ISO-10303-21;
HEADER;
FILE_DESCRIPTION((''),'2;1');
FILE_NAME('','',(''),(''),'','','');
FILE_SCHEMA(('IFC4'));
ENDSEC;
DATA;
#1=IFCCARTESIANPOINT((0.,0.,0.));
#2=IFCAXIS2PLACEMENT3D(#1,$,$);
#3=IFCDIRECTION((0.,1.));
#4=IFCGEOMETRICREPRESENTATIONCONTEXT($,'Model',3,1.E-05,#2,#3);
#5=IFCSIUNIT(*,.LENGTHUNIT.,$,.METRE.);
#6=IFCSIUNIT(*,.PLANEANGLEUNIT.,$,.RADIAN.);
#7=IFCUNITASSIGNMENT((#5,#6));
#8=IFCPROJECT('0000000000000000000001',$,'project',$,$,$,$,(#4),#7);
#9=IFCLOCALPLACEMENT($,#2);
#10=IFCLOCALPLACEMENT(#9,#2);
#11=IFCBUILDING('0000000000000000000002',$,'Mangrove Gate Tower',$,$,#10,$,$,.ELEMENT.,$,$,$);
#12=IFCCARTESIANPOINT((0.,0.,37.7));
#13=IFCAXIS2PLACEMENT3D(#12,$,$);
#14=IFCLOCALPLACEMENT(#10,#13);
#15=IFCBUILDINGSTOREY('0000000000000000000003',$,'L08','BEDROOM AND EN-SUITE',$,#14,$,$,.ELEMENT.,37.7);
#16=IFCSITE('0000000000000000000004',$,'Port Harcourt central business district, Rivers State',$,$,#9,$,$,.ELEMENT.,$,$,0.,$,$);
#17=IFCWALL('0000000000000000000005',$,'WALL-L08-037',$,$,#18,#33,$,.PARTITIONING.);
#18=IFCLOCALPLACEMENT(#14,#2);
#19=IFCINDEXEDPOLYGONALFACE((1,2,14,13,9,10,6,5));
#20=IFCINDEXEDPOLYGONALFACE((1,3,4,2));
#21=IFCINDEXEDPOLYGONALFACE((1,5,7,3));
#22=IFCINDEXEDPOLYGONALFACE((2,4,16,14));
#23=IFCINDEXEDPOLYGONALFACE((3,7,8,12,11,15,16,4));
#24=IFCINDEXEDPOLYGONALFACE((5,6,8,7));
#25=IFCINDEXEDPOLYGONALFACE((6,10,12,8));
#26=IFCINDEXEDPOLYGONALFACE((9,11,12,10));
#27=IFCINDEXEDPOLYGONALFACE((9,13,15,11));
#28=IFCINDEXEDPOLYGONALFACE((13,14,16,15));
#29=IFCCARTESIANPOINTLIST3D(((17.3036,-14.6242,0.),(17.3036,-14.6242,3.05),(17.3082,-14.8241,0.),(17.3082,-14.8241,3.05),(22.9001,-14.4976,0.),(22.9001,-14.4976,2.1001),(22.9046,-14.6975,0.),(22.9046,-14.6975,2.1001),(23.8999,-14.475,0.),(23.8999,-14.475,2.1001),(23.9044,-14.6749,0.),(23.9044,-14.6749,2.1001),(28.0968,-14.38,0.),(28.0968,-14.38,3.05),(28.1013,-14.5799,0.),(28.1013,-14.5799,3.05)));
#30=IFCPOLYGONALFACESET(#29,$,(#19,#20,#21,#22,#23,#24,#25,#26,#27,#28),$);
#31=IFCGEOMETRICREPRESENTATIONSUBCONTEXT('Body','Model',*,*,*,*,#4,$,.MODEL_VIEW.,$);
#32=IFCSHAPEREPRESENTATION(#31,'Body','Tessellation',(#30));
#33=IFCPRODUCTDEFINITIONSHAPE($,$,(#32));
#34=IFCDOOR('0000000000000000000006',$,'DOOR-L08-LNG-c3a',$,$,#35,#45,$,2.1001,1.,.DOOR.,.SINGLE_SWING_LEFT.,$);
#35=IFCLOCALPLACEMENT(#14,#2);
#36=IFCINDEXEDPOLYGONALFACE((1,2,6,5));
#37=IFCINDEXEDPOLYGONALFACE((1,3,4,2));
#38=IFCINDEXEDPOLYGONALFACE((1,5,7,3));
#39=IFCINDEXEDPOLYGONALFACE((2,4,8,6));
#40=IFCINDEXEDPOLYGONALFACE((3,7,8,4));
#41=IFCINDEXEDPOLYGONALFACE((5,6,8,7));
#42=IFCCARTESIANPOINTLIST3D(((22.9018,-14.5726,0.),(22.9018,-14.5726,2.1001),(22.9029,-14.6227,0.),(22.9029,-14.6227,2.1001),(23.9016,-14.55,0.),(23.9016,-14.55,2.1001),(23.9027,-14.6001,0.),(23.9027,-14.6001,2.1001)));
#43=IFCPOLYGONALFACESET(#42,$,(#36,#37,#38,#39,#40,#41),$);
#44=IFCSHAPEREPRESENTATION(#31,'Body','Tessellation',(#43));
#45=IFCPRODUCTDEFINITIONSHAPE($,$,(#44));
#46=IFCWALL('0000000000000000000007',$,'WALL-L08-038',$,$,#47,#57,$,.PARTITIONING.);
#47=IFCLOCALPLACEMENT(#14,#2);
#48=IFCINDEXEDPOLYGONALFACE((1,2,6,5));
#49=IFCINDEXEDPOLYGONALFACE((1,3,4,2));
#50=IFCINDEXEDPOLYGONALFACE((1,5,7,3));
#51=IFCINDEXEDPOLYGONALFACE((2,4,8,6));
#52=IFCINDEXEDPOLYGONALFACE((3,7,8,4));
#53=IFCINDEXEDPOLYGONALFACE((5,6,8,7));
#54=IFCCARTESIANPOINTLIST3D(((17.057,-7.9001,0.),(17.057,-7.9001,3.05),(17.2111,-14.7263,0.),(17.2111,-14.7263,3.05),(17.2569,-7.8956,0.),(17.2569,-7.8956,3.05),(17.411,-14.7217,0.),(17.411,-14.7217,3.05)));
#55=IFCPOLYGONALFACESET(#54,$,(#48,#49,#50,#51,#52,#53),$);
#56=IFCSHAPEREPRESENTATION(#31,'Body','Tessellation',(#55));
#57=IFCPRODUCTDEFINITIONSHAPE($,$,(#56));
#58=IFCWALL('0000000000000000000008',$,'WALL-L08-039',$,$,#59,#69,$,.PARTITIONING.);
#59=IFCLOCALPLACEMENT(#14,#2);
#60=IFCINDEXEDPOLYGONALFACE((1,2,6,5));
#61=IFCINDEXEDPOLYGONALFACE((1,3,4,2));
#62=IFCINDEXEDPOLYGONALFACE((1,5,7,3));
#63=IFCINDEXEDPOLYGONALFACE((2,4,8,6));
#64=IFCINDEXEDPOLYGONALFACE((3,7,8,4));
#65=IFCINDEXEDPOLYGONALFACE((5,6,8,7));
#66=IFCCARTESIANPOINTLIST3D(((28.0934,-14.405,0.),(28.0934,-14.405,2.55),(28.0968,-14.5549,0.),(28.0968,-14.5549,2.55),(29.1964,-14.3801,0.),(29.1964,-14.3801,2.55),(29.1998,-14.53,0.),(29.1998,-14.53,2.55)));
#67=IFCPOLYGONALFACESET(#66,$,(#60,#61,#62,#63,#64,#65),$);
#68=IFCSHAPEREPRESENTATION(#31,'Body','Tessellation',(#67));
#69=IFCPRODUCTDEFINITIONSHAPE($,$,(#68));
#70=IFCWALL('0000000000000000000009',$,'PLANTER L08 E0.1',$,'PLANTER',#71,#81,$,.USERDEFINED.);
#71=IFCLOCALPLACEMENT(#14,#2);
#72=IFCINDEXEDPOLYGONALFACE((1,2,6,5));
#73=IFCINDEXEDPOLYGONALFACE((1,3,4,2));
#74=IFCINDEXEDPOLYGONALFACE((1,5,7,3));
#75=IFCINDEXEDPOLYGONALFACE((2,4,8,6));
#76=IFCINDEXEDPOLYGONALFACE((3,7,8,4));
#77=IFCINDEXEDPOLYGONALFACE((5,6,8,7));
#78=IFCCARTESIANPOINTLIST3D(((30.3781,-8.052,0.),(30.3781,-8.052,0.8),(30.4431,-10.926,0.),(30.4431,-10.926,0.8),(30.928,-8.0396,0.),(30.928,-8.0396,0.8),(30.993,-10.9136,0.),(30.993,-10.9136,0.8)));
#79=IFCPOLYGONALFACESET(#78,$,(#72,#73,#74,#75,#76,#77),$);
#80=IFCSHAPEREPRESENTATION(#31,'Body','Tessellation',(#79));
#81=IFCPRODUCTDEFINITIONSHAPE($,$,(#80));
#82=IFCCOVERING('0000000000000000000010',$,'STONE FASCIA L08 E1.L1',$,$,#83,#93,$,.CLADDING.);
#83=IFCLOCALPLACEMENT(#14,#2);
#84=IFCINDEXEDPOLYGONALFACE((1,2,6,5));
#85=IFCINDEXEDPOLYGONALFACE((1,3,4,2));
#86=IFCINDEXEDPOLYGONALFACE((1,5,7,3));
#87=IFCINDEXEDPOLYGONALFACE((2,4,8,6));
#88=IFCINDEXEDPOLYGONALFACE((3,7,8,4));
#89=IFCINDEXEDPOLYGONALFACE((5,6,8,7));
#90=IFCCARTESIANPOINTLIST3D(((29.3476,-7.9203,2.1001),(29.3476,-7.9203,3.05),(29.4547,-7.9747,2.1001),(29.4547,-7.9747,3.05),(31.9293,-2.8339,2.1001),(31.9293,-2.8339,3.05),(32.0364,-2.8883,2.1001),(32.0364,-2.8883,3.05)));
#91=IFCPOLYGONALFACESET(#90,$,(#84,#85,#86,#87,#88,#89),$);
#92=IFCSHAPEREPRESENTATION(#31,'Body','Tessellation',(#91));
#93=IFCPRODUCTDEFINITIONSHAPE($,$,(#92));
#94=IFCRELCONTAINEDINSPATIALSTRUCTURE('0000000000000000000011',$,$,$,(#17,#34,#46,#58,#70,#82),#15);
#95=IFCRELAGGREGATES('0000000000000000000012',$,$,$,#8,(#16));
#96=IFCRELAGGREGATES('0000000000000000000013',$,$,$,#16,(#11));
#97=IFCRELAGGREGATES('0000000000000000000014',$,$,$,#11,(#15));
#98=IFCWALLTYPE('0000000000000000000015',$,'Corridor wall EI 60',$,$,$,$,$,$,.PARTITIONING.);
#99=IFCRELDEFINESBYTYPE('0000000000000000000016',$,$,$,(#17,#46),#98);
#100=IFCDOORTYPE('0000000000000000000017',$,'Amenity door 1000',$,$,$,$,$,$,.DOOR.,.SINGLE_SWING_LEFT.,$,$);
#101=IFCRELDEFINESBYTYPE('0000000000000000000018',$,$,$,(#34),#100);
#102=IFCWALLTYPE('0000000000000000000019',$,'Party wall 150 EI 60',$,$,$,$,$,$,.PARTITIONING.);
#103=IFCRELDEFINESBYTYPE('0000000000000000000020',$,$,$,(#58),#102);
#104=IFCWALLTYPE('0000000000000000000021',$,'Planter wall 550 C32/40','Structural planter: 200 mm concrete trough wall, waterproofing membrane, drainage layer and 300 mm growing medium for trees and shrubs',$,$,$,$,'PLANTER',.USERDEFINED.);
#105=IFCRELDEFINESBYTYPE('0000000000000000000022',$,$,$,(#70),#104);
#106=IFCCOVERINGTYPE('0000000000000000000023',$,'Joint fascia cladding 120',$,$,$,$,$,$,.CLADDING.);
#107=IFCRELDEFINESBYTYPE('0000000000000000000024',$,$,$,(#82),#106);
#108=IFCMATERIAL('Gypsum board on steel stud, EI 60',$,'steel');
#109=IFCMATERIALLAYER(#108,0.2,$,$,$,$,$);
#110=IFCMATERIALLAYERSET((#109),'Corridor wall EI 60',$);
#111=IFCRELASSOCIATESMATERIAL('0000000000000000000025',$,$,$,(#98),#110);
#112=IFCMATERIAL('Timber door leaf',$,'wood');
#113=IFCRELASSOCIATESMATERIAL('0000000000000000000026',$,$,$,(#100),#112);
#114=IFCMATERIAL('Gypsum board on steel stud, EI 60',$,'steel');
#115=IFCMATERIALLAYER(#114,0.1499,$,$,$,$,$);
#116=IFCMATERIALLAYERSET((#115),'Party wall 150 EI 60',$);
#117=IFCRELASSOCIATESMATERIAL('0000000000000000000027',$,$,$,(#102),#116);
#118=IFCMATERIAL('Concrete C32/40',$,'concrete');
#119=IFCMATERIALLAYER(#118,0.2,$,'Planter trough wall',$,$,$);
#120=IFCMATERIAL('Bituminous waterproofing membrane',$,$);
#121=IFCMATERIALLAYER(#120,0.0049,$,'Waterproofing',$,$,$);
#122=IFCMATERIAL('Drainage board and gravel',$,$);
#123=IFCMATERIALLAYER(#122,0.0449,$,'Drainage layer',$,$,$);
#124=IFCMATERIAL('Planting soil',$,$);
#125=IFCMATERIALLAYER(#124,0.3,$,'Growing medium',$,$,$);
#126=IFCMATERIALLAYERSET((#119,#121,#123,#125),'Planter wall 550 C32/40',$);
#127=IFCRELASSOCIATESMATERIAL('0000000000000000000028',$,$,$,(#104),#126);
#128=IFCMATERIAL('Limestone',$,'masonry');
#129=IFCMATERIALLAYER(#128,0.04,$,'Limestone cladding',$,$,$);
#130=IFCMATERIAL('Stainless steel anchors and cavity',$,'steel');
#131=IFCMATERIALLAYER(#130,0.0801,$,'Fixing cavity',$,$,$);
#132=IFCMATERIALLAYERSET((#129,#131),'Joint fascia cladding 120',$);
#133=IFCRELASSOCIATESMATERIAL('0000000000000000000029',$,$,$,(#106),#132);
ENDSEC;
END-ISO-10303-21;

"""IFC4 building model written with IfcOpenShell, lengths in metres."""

from ifc_helpers import new_model, si_unit, direction, frame, frame_2d, origin, place, context, subcontext, project, spatial, rectangle, extrude, material, layer, layer_set, type_object, element, fill, save


model = new_model("IFC4")

# Units and contexts
model_context = context("Model", 3, precision=1e-05, world=origin(), true_north=direction((0.0, 1.0)))
body_context = subcontext(model_context, "Body", "Model", "MODEL_VIEW")
ifc_project = project(units=[si_unit("LENGTHUNIT", "METRE"), si_unit("PLANEANGLEUNIT", "RADIAN")], contexts=[model_context])

# Site, building, storey
site_placement = place(None, origin())
site = spatial("IfcSite", under=ifc_project, at=site_placement, Name="Port Harcourt central business district, Rivers State", CompositionType="ELEMENT", RefElevation=0.0)
building_placement = place(site_placement, origin())
building = spatial("IfcBuilding", under=site, at=building_placement, Name="Mangrove Gate Tower", CompositionType="ELEMENT")
storey_placement = place(building_placement, frame((0.0, 0.0, 37.7)))
storey = spatial("IfcBuildingStorey", under=building, at=storey_placement, Name="L08", Description="BEDROOM AND EN-SUITE", CompositionType="ELEMENT", Elevation=37.7)

# Shared definitions
ifc_material_1 = material(Name="Gypsum board on steel stud, EI 60", Category="steel")
ifc_layer_1 = layer(ifc_material_1, 0.2)
ifc_layer_set_1 = layer_set([ifc_layer_1], Name="Corridor wall EI 60")
wall_type_1 = type_object("IfcWallType", Name="Corridor wall EI 60", PredefinedType="PARTITIONING", material=ifc_layer_set_1)

# Wall, opening, door
wall_1_placement = place(storey_placement, frame((17.3059, -14.7241, 0.0), z_axis=(0.0, 0.0, 1.0), x_axis=(0.999744, 0.022614, 0.0)))
wall_1 = element("IfcWall", 1, at=wall_1_placement, inside=storey, type_object=wall_type_1, Name="WALL-L08-037", PredefinedType="PARTITIONING", context=body_context, shape_type="SweptSolid", body=[
    extrude(rectangle(XDim=10.7959, YDim=0.2, at=frame_2d((5.3979, 0.0))), origin(), (0.0, 0.0, 1.0), 3.05),
])
opening_placement = place(wall_1_placement, frame((5.5979, 0.0, 0.0)))
opening = element("IfcOpeningElement", 2, at=opening_placement, cuts=wall_1, PredefinedType="OPENING", context=body_context, shape_type="SweptSolid", body=[
    extrude(rectangle(XDim=1.0, YDim=2.1001, at=frame_2d((0.5, 1.05))), frame((0.0, 0.1099, 0.0), z_axis=(0.0, -1.0, 0.0), x_axis=(1.0, 0.0, 0.0)), (0.0, 0.0, 1.0), 0.22),
])
ifc_material_2 = material(Name="Timber door leaf", Category="wood")
door_type = type_object("IfcDoorType", Name="Amenity door 1000", OperationType="SINGLE_SWING_LEFT", PredefinedType="DOOR", material=ifc_material_2)
door_placement = place(opening_placement, origin())
door = element("IfcDoor", 3, at=door_placement, inside=storey, type_object=door_type, Name="DOOR-L08-LNG-c3a", OperationType="SINGLE_SWING_LEFT", OverallHeight=2.1001, OverallWidth=1.0, PredefinedType="DOOR", context=body_context, shape_type="SweptSolid", body=[
    extrude(rectangle(XDim=1.0, YDim=2.1001, at=frame_2d((0.5, 1.05))), frame((0.0, 0.0249, 0.0), z_axis=(0.0, -1.0, 0.0), x_axis=(1.0, 0.0, 0.0)), (0.0, 0.0, 1.0), 0.05),
])
fill(opening, door)

# Walls
wall_2_placement = place(storey_placement, frame((17.311, -14.7241, 0.0), z_axis=(0.0, 0.0, 1.0), x_axis=(-0.022562, 0.999745, 0.0)))
element("IfcWall", 4, at=wall_2_placement, inside=storey, type_object=wall_type_1, Name="WALL-L08-038", PredefinedType="PARTITIONING", context=body_context, shape_type="SweptSolid", body=[
    extrude(rectangle(XDim=6.8279, YDim=0.2, at=frame_2d((3.4141, 0.0))), origin(), (0.0, 0.0, 1.0), 3.05),
])
ifc_material_3 = material(Name="Gypsum board on steel stud, EI 60", Category="steel")
ifc_layer_2 = layer(ifc_material_3, 0.1499)
ifc_layer_set_2 = layer_set([ifc_layer_2], Name="Party wall 150 EI 60")
wall_type_2 = type_object("IfcWallType", Name="Party wall 150 EI 60", PredefinedType="PARTITIONING", material=ifc_layer_set_2)
wall_3_placement = place(storey_placement, frame((28.095, -14.48, 0.0), z_axis=(0.0, 0.0, 1.0), x_axis=(0.999745, 0.022571, 0.0)))
element("IfcWall", 5, at=wall_3_placement, inside=storey, type_object=wall_type_2, Name="WALL-L08-039", PredefinedType="PARTITIONING", context=body_context, shape_type="SweptSolid", body=[
    extrude(rectangle(XDim=1.1033, YDim=0.1499, at=frame_2d((0.5518, 0.0))), origin(), (0.0, 0.0, 1.0), 2.55),
])
ifc_material_4 = material(Name="Concrete C32/40", Category="concrete")
ifc_layer_3 = layer(ifc_material_4, 0.2, Name="Planter trough wall")
ifc_material_5 = material(Name="Bituminous waterproofing membrane")
ifc_layer_4 = layer(ifc_material_5, 0.0049, Name="Waterproofing")
ifc_material_6 = material(Name="Drainage board and gravel")
ifc_layer_5 = layer(ifc_material_6, 0.0449, Name="Drainage layer")
ifc_material_7 = material(Name="Planting soil")
ifc_layer_6 = layer(ifc_material_7, 0.3, Name="Growing medium")
ifc_layer_set_3 = layer_set([ifc_layer_3, ifc_layer_4, ifc_layer_5, ifc_layer_6], Name="Planter wall 550 C32/40")
wall_type_3 = type_object("IfcWallType", Name="Planter wall 550 C32/40", Description="Structural planter: 200 mm concrete trough wall, waterproofing membrane, drainage layer and 300 mm growing medium for trees and shrubs", ElementType="PLANTER", PredefinedType="USERDEFINED", material=ifc_layer_set_3)
wall_4_placement = place(storey_placement, frame((30.718, -10.9199, 0.0), z_axis=(0.0, 0.0, 1.0), x_axis=(-0.02259, 0.999745, 0.0)))
element("IfcWall", 6, at=wall_4_placement, inside=storey, type_object=wall_type_3, Name="PLANTER L08 E0.1", ObjectType="PLANTER", PredefinedType="USERDEFINED", context=body_context, shape_type="SweptSolid", body=[
    extrude(rectangle(XDim=2.8748, YDim=0.55, at=frame_2d((1.4375, 0.0))), origin(), (0.0, 0.0, 1.0), 0.8),
])

# Covering
ifc_material_8 = material(Name="Limestone", Category="masonry")
ifc_layer_7 = layer(ifc_material_8, 0.04, Name="Limestone cladding")
ifc_material_9 = material(Name="Stainless steel anchors and cavity", Category="steel")
ifc_layer_8 = layer(ifc_material_9, 0.0801, Name="Fixing cavity")
ifc_layer_set_4 = layer_set([ifc_layer_7, ifc_layer_8], Name="Joint fascia cladding 120")
covering_type = type_object("IfcCoveringType", Name="Joint fascia cladding 120", PredefinedType="CLADDING", material=ifc_layer_set_4)
covering_placement = place(storey_placement, frame((29.4011, -7.9475, 2.1001), z_axis=(0.0, 0.0, 1.0), x_axis=(0.452615, 0.891706, 0.0)))
element("IfcCovering", 7, at=covering_placement, inside=storey, type_object=covering_type, Name="STONE FASCIA L08 E1.L1", PredefinedType="CLADDING", context=body_context, shape_type="SweptSolid", body=[
    extrude(rectangle(XDim=5.7041, YDim=0.1201, at=frame_2d((2.8521, 0.0))), origin(), (0.0, 0.0, 1.0), 0.95),
])

save(model, "model.ifc")
